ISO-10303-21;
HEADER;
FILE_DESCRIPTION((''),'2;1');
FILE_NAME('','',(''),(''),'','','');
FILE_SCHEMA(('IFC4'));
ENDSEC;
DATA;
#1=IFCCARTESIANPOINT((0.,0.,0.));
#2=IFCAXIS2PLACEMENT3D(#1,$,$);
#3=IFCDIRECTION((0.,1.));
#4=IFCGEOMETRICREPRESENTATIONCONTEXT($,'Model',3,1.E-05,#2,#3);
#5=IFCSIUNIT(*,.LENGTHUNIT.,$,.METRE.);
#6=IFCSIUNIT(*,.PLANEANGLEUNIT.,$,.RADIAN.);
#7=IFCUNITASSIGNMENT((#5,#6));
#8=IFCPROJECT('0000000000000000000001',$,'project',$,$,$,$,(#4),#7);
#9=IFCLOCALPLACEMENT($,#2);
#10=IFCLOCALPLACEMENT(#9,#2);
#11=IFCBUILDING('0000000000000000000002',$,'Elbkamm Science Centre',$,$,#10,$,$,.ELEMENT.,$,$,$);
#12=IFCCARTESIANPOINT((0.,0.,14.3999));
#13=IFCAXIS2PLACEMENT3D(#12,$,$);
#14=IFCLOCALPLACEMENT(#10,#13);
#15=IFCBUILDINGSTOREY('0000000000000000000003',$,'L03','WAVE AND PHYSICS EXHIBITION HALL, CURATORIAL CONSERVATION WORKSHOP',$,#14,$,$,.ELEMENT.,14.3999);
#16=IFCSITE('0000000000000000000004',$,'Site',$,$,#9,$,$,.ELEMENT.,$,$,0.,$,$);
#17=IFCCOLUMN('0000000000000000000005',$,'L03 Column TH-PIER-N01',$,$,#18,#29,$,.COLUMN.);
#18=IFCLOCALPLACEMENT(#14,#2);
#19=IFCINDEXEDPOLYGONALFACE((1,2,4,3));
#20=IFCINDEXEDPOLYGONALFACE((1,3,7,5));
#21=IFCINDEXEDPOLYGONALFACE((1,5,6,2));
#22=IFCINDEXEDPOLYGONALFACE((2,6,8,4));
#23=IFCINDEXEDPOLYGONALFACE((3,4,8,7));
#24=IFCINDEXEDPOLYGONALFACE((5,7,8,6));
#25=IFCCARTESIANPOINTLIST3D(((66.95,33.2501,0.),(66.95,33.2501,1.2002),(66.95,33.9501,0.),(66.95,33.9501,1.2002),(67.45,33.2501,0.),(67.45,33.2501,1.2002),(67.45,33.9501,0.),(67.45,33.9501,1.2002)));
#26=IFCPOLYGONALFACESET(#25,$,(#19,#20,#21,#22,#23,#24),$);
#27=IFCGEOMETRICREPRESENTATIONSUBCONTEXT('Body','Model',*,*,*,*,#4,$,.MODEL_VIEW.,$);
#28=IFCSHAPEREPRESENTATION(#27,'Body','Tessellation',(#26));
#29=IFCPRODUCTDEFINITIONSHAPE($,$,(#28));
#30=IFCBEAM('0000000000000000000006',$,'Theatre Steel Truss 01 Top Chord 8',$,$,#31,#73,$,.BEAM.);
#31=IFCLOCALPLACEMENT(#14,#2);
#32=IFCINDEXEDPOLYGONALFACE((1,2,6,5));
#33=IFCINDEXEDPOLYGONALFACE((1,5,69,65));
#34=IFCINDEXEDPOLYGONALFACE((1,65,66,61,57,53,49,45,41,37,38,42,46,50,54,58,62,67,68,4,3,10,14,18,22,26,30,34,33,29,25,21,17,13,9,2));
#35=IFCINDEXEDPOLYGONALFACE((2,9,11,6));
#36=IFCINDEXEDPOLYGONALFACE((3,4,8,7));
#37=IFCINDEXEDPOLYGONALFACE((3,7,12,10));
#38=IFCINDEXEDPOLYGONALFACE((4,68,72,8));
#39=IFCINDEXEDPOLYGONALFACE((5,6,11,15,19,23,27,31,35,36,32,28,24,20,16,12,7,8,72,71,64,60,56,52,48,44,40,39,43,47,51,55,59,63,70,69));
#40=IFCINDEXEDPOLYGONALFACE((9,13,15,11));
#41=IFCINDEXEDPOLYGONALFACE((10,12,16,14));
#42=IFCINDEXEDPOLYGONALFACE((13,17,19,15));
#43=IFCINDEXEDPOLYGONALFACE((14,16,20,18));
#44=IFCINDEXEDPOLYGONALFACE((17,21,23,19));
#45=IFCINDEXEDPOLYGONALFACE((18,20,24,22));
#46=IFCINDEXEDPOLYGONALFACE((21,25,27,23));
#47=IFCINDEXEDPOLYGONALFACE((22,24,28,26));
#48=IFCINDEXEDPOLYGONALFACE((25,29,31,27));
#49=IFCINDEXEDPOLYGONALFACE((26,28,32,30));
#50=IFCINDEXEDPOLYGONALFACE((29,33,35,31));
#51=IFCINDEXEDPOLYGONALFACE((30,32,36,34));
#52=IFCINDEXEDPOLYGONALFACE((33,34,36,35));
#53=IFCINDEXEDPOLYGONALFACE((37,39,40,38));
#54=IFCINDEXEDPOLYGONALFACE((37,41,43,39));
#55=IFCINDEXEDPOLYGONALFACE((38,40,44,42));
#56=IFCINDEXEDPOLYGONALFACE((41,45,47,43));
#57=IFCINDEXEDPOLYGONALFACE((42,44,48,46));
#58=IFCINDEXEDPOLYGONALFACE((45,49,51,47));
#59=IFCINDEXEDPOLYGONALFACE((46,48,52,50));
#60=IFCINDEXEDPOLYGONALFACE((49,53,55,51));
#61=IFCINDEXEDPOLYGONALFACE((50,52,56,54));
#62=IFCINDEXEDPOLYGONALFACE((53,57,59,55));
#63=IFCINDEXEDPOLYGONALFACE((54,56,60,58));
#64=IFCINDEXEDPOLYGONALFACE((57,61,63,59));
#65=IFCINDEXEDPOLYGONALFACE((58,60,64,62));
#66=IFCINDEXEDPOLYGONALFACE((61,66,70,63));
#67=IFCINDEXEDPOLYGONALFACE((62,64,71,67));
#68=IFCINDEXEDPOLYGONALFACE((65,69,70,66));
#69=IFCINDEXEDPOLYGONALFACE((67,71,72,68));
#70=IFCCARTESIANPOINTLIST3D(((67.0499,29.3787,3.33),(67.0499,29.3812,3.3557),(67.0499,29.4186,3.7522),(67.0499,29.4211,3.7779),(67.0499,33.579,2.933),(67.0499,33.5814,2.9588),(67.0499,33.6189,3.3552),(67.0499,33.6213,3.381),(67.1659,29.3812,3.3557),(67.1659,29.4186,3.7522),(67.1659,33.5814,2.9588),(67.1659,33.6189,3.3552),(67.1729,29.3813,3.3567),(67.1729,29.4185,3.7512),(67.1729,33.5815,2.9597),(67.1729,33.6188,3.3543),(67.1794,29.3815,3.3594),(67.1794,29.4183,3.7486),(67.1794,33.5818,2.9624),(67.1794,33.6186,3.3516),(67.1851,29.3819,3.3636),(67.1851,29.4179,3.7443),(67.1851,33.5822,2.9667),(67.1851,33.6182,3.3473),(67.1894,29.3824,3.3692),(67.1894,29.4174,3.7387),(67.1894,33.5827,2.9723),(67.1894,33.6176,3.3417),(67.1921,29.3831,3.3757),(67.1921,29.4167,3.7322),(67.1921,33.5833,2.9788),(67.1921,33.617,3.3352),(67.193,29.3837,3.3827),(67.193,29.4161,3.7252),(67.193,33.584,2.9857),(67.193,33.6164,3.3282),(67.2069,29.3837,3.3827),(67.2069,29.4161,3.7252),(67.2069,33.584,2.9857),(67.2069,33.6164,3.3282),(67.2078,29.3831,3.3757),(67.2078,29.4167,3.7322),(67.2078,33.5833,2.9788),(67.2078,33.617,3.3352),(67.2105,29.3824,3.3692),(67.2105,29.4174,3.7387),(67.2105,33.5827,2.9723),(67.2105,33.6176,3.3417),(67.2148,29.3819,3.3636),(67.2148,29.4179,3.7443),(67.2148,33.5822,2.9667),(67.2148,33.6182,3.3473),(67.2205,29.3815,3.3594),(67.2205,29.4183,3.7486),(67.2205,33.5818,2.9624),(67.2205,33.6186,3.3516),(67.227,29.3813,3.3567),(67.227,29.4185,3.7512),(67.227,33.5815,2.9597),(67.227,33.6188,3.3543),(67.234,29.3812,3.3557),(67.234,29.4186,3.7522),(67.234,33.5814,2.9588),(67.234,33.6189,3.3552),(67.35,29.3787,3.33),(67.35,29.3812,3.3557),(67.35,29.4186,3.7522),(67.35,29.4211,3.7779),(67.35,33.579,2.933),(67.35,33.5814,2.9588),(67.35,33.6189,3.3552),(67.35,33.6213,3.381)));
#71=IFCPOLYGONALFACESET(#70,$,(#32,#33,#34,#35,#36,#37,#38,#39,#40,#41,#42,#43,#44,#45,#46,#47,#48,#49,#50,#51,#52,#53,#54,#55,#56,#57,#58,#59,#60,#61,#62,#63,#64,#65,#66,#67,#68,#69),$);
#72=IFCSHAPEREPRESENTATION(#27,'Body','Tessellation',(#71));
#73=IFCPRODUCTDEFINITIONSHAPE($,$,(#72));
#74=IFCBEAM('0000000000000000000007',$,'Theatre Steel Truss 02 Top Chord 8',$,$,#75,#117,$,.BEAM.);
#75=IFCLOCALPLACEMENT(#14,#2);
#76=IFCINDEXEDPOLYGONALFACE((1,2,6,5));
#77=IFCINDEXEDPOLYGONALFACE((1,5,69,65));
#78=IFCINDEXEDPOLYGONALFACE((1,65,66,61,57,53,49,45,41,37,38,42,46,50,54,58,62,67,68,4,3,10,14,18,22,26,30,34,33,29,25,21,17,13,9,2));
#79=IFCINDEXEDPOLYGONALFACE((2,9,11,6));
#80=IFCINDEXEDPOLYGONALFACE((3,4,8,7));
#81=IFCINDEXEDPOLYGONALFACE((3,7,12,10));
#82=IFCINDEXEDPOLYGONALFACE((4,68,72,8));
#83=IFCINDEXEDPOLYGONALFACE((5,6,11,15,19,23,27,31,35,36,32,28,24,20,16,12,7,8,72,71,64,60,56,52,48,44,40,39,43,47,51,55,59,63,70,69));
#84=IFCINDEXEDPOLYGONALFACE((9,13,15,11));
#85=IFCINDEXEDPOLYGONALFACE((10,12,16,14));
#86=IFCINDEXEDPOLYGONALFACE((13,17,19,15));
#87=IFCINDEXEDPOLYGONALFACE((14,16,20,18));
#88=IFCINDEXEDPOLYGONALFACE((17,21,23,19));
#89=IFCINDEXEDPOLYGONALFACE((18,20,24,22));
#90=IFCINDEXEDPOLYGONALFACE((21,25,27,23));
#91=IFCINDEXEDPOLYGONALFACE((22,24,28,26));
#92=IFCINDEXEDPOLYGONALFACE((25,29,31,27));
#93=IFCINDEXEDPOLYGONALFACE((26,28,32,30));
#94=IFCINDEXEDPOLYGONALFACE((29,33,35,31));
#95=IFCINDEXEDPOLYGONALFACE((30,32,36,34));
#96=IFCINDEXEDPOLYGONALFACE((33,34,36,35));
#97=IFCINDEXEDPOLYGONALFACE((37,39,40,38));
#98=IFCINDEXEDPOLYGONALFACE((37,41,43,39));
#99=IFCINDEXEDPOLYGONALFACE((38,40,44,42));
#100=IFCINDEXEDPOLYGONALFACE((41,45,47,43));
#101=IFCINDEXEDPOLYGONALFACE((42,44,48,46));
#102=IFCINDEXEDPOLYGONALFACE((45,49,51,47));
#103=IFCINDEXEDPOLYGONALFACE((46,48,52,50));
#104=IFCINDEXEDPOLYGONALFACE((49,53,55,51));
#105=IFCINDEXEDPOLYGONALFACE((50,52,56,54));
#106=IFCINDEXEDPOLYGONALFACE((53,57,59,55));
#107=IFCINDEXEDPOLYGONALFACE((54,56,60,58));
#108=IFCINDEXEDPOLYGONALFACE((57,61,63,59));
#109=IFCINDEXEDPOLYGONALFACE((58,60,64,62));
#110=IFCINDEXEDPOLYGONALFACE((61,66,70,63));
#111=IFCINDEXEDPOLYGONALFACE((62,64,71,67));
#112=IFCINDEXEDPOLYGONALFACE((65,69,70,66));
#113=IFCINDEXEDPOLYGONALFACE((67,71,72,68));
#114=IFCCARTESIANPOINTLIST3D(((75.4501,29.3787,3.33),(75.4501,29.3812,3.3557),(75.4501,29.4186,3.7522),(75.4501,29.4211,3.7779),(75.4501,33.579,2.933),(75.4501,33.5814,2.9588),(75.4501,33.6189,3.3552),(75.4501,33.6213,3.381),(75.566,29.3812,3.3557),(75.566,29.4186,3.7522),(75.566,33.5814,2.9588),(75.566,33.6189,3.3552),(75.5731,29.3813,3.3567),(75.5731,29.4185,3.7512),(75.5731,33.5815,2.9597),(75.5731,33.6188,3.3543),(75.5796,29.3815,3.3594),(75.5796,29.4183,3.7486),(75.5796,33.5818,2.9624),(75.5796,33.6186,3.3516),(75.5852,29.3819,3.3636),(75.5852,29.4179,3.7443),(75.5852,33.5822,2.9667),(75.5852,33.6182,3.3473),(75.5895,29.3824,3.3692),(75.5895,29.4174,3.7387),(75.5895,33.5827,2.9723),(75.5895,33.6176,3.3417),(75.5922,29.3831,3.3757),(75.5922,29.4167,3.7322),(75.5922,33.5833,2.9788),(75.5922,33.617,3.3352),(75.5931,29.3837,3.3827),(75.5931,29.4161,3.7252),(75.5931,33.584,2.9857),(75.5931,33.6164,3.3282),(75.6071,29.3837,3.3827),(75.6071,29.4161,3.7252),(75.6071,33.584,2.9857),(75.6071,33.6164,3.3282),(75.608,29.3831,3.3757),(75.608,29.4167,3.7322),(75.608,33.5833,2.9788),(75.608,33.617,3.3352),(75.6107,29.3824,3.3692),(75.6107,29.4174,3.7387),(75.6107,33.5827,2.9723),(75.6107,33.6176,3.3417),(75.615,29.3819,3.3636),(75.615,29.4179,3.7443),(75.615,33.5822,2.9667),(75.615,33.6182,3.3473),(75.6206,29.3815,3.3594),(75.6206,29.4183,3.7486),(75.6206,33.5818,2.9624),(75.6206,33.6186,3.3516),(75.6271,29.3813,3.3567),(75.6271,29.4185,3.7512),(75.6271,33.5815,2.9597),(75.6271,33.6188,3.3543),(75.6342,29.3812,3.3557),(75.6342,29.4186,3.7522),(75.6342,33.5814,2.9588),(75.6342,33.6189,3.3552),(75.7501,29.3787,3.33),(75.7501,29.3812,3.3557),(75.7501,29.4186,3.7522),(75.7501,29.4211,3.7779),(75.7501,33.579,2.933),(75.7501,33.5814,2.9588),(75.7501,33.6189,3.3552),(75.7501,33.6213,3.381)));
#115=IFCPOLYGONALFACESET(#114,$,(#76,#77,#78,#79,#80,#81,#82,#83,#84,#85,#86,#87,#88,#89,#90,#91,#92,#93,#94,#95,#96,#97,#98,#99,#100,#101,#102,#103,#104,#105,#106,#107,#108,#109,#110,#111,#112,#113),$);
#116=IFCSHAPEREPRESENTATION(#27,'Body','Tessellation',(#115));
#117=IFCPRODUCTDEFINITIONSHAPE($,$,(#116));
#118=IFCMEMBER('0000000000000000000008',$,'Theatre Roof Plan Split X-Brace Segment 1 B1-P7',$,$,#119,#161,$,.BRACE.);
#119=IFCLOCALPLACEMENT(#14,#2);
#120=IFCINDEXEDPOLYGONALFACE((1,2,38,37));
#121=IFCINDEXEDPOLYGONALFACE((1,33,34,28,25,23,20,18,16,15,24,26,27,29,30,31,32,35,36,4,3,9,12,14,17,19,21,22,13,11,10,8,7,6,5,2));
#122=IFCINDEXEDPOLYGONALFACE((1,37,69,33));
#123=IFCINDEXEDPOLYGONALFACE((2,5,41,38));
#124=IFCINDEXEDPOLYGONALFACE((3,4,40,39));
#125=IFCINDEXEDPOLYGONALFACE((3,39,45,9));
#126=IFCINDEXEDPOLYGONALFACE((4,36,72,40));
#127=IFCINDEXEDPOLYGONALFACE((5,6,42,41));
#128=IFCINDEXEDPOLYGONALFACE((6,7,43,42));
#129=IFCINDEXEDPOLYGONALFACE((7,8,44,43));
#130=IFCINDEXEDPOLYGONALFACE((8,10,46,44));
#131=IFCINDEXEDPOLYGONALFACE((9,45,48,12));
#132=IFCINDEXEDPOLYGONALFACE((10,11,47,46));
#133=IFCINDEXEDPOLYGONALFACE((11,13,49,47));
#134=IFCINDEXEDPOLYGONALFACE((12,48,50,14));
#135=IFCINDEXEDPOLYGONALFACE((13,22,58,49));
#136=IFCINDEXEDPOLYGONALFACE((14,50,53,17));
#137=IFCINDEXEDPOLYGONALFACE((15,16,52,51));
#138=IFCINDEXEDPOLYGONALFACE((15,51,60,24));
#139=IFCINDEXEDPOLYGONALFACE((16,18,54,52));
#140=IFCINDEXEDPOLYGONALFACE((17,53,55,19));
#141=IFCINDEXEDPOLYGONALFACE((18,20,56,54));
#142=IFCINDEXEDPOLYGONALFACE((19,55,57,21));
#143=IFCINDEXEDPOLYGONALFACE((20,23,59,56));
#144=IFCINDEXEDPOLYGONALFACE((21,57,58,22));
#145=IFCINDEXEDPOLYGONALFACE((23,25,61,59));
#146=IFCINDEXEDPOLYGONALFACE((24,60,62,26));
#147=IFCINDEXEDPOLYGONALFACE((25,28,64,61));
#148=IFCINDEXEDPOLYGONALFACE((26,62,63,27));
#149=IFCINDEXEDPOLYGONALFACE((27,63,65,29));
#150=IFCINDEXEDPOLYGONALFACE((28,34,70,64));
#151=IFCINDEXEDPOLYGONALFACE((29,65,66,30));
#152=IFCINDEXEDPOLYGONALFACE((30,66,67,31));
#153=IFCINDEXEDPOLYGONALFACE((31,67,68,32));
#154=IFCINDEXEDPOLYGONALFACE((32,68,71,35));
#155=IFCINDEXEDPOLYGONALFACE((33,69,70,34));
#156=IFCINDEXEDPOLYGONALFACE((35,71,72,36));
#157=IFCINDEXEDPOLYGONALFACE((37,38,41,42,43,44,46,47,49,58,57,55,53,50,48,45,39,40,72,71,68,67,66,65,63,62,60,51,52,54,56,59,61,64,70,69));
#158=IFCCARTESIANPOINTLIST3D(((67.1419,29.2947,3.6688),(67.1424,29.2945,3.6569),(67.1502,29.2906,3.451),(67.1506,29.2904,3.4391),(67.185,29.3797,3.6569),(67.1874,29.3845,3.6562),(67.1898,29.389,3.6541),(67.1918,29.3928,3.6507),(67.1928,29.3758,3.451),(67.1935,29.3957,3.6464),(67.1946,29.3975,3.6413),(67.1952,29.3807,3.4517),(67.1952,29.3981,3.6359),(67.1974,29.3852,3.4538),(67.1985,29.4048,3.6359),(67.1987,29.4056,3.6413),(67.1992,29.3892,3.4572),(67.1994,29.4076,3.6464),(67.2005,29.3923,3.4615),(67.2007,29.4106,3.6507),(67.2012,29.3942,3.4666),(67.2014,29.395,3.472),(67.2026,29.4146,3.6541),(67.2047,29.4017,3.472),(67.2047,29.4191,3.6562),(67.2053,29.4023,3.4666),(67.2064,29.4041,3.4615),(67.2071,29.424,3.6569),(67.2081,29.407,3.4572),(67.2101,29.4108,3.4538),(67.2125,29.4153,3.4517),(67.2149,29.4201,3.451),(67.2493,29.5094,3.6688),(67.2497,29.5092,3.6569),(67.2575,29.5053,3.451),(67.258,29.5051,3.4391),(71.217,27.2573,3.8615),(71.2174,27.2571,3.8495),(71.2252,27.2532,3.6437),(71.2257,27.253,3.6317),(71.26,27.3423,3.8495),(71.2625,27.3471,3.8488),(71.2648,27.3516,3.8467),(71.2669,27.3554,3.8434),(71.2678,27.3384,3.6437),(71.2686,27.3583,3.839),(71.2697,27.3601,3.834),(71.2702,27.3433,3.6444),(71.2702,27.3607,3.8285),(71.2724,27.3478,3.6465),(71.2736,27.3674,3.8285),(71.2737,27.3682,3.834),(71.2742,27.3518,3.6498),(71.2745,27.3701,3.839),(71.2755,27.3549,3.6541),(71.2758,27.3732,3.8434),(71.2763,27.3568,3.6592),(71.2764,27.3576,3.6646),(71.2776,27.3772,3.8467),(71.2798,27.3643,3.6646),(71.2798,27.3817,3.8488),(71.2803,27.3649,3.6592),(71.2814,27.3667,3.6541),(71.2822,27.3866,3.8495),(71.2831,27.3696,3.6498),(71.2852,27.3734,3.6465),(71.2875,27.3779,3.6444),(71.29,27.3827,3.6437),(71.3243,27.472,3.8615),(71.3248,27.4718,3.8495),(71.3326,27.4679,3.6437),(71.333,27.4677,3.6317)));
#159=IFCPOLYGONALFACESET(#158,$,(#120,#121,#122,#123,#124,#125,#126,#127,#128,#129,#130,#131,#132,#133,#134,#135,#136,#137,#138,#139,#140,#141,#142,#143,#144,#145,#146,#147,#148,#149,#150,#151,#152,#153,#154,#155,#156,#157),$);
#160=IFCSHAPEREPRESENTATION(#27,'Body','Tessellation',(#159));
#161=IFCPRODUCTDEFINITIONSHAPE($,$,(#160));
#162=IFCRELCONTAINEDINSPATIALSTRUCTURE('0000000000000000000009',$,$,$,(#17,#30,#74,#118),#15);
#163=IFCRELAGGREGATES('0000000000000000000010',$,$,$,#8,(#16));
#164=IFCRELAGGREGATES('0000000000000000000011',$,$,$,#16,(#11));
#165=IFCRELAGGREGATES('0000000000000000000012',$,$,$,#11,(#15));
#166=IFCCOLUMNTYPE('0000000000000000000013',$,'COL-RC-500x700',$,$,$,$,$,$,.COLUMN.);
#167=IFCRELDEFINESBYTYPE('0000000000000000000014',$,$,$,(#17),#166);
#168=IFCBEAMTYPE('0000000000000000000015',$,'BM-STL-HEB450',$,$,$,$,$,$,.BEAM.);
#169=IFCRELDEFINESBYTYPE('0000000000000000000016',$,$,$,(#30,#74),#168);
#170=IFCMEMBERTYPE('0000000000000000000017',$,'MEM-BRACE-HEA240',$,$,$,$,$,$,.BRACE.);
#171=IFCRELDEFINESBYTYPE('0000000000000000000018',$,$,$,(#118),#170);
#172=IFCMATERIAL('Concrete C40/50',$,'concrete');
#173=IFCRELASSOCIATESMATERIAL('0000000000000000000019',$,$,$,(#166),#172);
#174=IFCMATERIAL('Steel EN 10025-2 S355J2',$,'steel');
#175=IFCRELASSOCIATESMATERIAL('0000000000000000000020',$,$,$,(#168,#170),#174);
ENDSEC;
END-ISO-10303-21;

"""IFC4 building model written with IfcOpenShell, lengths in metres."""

from ifc_helpers import new_model, si_unit, direction, frame, origin, origin_2d, place, context, subcontext, project, spatial, rectangle, i_section, extrude, material, material_profile, profile_set, type_object, element, save


model = new_model("IFC4")

# Units and contexts
model_context = context("Model", 3, precision=1e-05, world=origin(), true_north=direction((0.0, 1.0)))
body_context = subcontext(model_context, "Body", "Model", "MODEL_VIEW")
ifc_project = project(units=[si_unit("LENGTHUNIT", "METRE"), si_unit("PLANEANGLEUNIT", "RADIAN")], contexts=[model_context])

# Site, building, storey
site_placement = place(None, origin())
site = spatial("IfcSite", under=ifc_project, at=site_placement, Name="Site", CompositionType="ELEMENT", RefElevation=0.0)
building_placement = place(site_placement, origin())
building = spatial("IfcBuilding", under=site, at=building_placement, Name="Elbkamm Science Centre", CompositionType="ELEMENT")
storey_placement = place(building_placement, frame((0.0, 0.0, 14.3999)))
storey = spatial("IfcBuildingStorey", under=building, at=storey_placement, Name="L03", Description="WAVE AND PHYSICS EXHIBITION HALL, CURATORIAL CONSERVATION WORKSHOP", CompositionType="ELEMENT", Elevation=14.3999)

# Column
ifc_material_1 = material(Name="Concrete C40/50", Category="concrete")
ifc_material_profile_1 = material_profile(ifc_material_1, rectangle(XDim=0.5, YDim=0.7, at=origin_2d()), Name="RC 500x700")
ifc_profile_set_1 = profile_set([ifc_material_profile_1], Name="Concrete C40/50")
column_type = type_object("IfcColumnType", Name="COL-RC-500x700", PredefinedType="COLUMN", material=ifc_profile_set_1)
column_placement = place(storey_placement, frame((67.2, 33.6001, 0.0), z_axis=(0.0, 0.0, 1.0), x_axis=(1.0, 0.0, 0.0)))
element("IfcColumn", 1, at=column_placement, inside=storey, type_object=column_type, Name="L03 Column TH-PIER-N01", PredefinedType="COLUMN", context=body_context, shape_type="SweptSolid", body=[
    extrude(rectangle(XDim=0.5, YDim=0.7, at=origin_2d()), origin(), (0.0, 0.0, 1.0), 1.2002),
])

# Beams
ifc_material_2 = material(Name="Steel EN 10025-2 S355J2", Category="steel")
ifc_material_profile_2 = material_profile(ifc_material_2, i_section(OverallWidth=0.3, OverallDepth=0.45, WebThickness=0.0139, FlangeThickness=0.0259, FilletRadius=0.0271, at=origin_2d()), Name="HEB 450")
ifc_profile_set_2 = profile_set([ifc_material_profile_2], Name="Steel EN 10025-2 S355J2")
beam_type = type_object("IfcBeamType", Name="BM-STL-HEB450", PredefinedType="BEAM", material=ifc_profile_set_2)
for number, where, z_axis, x_axis, name in (
    (2, (67.2, 29.3999, 3.554), (0.0, 0.995563, -0.094094), (-1.0, 0.0, 0.0), "Theatre Steel Truss 01 Top Chord 8"),
    (3, (75.6001, 29.3999, 3.554), (0.0, 0.995563, -0.094094), (-1.0, 0.0, 0.0), "Theatre Steel Truss 02 Top Chord 8"),
):
    element("IfcBeam", number, at=place(storey_placement, frame(where, z_axis=z_axis, x_axis=x_axis)), inside=storey, type_object=beam_type, Name=name, PredefinedType="BEAM", context=body_context, shape_type="SweptSolid", body=[
        extrude(i_section(OverallWidth=0.3, OverallDepth=0.45, WebThickness=0.0139, FlangeThickness=0.0259, FilletRadius=0.0271, at=origin_2d()), origin(), (0.0, 0.0, 1.0), 4.219),
    ])

# Member
ifc_material_profile_3 = material_profile(ifc_material_2, i_section(OverallWidth=0.24, OverallDepth=0.23, WebThickness=0.0076, FlangeThickness=0.012, FilletRadius=0.021, at=origin_2d()), Name="HEA 240")
ifc_profile_set_3 = profile_set([ifc_material_profile_3], Name="Steel EN 10025-2 S355J2")
member_type_1 = type_object("IfcMemberType", Name="MEM-BRACE-HEA240", PredefinedType="BRACE", material=ifc_profile_set_3)
for number, where, z_axis, x_axis, name in (
    (4, (67.2, 29.3999, 3.554), (0.893639, -0.446793, 0.042243), (0.447192, 0.894438, 0.0), "Theatre Roof Plan Split X-Brace Segment 1 B1-P7"),
):
    element("IfcMember", number, at=place(storey_placement, frame(where, z_axis=z_axis, x_axis=x_axis)), inside=storey, type_object=member_type_1, Name=name, PredefinedType="BRACE", context=body_context, shape_type="SweptSolid", body=[
        extrude(i_section(OverallWidth=0.24, OverallDepth=0.23, WebThickness=0.0076, FlangeThickness=0.012, FilletRadius=0.021, at=origin_2d()), origin(), (0.0, 0.0, 1.0), 4.5601),
    ])

save(model, "model.ifc")
